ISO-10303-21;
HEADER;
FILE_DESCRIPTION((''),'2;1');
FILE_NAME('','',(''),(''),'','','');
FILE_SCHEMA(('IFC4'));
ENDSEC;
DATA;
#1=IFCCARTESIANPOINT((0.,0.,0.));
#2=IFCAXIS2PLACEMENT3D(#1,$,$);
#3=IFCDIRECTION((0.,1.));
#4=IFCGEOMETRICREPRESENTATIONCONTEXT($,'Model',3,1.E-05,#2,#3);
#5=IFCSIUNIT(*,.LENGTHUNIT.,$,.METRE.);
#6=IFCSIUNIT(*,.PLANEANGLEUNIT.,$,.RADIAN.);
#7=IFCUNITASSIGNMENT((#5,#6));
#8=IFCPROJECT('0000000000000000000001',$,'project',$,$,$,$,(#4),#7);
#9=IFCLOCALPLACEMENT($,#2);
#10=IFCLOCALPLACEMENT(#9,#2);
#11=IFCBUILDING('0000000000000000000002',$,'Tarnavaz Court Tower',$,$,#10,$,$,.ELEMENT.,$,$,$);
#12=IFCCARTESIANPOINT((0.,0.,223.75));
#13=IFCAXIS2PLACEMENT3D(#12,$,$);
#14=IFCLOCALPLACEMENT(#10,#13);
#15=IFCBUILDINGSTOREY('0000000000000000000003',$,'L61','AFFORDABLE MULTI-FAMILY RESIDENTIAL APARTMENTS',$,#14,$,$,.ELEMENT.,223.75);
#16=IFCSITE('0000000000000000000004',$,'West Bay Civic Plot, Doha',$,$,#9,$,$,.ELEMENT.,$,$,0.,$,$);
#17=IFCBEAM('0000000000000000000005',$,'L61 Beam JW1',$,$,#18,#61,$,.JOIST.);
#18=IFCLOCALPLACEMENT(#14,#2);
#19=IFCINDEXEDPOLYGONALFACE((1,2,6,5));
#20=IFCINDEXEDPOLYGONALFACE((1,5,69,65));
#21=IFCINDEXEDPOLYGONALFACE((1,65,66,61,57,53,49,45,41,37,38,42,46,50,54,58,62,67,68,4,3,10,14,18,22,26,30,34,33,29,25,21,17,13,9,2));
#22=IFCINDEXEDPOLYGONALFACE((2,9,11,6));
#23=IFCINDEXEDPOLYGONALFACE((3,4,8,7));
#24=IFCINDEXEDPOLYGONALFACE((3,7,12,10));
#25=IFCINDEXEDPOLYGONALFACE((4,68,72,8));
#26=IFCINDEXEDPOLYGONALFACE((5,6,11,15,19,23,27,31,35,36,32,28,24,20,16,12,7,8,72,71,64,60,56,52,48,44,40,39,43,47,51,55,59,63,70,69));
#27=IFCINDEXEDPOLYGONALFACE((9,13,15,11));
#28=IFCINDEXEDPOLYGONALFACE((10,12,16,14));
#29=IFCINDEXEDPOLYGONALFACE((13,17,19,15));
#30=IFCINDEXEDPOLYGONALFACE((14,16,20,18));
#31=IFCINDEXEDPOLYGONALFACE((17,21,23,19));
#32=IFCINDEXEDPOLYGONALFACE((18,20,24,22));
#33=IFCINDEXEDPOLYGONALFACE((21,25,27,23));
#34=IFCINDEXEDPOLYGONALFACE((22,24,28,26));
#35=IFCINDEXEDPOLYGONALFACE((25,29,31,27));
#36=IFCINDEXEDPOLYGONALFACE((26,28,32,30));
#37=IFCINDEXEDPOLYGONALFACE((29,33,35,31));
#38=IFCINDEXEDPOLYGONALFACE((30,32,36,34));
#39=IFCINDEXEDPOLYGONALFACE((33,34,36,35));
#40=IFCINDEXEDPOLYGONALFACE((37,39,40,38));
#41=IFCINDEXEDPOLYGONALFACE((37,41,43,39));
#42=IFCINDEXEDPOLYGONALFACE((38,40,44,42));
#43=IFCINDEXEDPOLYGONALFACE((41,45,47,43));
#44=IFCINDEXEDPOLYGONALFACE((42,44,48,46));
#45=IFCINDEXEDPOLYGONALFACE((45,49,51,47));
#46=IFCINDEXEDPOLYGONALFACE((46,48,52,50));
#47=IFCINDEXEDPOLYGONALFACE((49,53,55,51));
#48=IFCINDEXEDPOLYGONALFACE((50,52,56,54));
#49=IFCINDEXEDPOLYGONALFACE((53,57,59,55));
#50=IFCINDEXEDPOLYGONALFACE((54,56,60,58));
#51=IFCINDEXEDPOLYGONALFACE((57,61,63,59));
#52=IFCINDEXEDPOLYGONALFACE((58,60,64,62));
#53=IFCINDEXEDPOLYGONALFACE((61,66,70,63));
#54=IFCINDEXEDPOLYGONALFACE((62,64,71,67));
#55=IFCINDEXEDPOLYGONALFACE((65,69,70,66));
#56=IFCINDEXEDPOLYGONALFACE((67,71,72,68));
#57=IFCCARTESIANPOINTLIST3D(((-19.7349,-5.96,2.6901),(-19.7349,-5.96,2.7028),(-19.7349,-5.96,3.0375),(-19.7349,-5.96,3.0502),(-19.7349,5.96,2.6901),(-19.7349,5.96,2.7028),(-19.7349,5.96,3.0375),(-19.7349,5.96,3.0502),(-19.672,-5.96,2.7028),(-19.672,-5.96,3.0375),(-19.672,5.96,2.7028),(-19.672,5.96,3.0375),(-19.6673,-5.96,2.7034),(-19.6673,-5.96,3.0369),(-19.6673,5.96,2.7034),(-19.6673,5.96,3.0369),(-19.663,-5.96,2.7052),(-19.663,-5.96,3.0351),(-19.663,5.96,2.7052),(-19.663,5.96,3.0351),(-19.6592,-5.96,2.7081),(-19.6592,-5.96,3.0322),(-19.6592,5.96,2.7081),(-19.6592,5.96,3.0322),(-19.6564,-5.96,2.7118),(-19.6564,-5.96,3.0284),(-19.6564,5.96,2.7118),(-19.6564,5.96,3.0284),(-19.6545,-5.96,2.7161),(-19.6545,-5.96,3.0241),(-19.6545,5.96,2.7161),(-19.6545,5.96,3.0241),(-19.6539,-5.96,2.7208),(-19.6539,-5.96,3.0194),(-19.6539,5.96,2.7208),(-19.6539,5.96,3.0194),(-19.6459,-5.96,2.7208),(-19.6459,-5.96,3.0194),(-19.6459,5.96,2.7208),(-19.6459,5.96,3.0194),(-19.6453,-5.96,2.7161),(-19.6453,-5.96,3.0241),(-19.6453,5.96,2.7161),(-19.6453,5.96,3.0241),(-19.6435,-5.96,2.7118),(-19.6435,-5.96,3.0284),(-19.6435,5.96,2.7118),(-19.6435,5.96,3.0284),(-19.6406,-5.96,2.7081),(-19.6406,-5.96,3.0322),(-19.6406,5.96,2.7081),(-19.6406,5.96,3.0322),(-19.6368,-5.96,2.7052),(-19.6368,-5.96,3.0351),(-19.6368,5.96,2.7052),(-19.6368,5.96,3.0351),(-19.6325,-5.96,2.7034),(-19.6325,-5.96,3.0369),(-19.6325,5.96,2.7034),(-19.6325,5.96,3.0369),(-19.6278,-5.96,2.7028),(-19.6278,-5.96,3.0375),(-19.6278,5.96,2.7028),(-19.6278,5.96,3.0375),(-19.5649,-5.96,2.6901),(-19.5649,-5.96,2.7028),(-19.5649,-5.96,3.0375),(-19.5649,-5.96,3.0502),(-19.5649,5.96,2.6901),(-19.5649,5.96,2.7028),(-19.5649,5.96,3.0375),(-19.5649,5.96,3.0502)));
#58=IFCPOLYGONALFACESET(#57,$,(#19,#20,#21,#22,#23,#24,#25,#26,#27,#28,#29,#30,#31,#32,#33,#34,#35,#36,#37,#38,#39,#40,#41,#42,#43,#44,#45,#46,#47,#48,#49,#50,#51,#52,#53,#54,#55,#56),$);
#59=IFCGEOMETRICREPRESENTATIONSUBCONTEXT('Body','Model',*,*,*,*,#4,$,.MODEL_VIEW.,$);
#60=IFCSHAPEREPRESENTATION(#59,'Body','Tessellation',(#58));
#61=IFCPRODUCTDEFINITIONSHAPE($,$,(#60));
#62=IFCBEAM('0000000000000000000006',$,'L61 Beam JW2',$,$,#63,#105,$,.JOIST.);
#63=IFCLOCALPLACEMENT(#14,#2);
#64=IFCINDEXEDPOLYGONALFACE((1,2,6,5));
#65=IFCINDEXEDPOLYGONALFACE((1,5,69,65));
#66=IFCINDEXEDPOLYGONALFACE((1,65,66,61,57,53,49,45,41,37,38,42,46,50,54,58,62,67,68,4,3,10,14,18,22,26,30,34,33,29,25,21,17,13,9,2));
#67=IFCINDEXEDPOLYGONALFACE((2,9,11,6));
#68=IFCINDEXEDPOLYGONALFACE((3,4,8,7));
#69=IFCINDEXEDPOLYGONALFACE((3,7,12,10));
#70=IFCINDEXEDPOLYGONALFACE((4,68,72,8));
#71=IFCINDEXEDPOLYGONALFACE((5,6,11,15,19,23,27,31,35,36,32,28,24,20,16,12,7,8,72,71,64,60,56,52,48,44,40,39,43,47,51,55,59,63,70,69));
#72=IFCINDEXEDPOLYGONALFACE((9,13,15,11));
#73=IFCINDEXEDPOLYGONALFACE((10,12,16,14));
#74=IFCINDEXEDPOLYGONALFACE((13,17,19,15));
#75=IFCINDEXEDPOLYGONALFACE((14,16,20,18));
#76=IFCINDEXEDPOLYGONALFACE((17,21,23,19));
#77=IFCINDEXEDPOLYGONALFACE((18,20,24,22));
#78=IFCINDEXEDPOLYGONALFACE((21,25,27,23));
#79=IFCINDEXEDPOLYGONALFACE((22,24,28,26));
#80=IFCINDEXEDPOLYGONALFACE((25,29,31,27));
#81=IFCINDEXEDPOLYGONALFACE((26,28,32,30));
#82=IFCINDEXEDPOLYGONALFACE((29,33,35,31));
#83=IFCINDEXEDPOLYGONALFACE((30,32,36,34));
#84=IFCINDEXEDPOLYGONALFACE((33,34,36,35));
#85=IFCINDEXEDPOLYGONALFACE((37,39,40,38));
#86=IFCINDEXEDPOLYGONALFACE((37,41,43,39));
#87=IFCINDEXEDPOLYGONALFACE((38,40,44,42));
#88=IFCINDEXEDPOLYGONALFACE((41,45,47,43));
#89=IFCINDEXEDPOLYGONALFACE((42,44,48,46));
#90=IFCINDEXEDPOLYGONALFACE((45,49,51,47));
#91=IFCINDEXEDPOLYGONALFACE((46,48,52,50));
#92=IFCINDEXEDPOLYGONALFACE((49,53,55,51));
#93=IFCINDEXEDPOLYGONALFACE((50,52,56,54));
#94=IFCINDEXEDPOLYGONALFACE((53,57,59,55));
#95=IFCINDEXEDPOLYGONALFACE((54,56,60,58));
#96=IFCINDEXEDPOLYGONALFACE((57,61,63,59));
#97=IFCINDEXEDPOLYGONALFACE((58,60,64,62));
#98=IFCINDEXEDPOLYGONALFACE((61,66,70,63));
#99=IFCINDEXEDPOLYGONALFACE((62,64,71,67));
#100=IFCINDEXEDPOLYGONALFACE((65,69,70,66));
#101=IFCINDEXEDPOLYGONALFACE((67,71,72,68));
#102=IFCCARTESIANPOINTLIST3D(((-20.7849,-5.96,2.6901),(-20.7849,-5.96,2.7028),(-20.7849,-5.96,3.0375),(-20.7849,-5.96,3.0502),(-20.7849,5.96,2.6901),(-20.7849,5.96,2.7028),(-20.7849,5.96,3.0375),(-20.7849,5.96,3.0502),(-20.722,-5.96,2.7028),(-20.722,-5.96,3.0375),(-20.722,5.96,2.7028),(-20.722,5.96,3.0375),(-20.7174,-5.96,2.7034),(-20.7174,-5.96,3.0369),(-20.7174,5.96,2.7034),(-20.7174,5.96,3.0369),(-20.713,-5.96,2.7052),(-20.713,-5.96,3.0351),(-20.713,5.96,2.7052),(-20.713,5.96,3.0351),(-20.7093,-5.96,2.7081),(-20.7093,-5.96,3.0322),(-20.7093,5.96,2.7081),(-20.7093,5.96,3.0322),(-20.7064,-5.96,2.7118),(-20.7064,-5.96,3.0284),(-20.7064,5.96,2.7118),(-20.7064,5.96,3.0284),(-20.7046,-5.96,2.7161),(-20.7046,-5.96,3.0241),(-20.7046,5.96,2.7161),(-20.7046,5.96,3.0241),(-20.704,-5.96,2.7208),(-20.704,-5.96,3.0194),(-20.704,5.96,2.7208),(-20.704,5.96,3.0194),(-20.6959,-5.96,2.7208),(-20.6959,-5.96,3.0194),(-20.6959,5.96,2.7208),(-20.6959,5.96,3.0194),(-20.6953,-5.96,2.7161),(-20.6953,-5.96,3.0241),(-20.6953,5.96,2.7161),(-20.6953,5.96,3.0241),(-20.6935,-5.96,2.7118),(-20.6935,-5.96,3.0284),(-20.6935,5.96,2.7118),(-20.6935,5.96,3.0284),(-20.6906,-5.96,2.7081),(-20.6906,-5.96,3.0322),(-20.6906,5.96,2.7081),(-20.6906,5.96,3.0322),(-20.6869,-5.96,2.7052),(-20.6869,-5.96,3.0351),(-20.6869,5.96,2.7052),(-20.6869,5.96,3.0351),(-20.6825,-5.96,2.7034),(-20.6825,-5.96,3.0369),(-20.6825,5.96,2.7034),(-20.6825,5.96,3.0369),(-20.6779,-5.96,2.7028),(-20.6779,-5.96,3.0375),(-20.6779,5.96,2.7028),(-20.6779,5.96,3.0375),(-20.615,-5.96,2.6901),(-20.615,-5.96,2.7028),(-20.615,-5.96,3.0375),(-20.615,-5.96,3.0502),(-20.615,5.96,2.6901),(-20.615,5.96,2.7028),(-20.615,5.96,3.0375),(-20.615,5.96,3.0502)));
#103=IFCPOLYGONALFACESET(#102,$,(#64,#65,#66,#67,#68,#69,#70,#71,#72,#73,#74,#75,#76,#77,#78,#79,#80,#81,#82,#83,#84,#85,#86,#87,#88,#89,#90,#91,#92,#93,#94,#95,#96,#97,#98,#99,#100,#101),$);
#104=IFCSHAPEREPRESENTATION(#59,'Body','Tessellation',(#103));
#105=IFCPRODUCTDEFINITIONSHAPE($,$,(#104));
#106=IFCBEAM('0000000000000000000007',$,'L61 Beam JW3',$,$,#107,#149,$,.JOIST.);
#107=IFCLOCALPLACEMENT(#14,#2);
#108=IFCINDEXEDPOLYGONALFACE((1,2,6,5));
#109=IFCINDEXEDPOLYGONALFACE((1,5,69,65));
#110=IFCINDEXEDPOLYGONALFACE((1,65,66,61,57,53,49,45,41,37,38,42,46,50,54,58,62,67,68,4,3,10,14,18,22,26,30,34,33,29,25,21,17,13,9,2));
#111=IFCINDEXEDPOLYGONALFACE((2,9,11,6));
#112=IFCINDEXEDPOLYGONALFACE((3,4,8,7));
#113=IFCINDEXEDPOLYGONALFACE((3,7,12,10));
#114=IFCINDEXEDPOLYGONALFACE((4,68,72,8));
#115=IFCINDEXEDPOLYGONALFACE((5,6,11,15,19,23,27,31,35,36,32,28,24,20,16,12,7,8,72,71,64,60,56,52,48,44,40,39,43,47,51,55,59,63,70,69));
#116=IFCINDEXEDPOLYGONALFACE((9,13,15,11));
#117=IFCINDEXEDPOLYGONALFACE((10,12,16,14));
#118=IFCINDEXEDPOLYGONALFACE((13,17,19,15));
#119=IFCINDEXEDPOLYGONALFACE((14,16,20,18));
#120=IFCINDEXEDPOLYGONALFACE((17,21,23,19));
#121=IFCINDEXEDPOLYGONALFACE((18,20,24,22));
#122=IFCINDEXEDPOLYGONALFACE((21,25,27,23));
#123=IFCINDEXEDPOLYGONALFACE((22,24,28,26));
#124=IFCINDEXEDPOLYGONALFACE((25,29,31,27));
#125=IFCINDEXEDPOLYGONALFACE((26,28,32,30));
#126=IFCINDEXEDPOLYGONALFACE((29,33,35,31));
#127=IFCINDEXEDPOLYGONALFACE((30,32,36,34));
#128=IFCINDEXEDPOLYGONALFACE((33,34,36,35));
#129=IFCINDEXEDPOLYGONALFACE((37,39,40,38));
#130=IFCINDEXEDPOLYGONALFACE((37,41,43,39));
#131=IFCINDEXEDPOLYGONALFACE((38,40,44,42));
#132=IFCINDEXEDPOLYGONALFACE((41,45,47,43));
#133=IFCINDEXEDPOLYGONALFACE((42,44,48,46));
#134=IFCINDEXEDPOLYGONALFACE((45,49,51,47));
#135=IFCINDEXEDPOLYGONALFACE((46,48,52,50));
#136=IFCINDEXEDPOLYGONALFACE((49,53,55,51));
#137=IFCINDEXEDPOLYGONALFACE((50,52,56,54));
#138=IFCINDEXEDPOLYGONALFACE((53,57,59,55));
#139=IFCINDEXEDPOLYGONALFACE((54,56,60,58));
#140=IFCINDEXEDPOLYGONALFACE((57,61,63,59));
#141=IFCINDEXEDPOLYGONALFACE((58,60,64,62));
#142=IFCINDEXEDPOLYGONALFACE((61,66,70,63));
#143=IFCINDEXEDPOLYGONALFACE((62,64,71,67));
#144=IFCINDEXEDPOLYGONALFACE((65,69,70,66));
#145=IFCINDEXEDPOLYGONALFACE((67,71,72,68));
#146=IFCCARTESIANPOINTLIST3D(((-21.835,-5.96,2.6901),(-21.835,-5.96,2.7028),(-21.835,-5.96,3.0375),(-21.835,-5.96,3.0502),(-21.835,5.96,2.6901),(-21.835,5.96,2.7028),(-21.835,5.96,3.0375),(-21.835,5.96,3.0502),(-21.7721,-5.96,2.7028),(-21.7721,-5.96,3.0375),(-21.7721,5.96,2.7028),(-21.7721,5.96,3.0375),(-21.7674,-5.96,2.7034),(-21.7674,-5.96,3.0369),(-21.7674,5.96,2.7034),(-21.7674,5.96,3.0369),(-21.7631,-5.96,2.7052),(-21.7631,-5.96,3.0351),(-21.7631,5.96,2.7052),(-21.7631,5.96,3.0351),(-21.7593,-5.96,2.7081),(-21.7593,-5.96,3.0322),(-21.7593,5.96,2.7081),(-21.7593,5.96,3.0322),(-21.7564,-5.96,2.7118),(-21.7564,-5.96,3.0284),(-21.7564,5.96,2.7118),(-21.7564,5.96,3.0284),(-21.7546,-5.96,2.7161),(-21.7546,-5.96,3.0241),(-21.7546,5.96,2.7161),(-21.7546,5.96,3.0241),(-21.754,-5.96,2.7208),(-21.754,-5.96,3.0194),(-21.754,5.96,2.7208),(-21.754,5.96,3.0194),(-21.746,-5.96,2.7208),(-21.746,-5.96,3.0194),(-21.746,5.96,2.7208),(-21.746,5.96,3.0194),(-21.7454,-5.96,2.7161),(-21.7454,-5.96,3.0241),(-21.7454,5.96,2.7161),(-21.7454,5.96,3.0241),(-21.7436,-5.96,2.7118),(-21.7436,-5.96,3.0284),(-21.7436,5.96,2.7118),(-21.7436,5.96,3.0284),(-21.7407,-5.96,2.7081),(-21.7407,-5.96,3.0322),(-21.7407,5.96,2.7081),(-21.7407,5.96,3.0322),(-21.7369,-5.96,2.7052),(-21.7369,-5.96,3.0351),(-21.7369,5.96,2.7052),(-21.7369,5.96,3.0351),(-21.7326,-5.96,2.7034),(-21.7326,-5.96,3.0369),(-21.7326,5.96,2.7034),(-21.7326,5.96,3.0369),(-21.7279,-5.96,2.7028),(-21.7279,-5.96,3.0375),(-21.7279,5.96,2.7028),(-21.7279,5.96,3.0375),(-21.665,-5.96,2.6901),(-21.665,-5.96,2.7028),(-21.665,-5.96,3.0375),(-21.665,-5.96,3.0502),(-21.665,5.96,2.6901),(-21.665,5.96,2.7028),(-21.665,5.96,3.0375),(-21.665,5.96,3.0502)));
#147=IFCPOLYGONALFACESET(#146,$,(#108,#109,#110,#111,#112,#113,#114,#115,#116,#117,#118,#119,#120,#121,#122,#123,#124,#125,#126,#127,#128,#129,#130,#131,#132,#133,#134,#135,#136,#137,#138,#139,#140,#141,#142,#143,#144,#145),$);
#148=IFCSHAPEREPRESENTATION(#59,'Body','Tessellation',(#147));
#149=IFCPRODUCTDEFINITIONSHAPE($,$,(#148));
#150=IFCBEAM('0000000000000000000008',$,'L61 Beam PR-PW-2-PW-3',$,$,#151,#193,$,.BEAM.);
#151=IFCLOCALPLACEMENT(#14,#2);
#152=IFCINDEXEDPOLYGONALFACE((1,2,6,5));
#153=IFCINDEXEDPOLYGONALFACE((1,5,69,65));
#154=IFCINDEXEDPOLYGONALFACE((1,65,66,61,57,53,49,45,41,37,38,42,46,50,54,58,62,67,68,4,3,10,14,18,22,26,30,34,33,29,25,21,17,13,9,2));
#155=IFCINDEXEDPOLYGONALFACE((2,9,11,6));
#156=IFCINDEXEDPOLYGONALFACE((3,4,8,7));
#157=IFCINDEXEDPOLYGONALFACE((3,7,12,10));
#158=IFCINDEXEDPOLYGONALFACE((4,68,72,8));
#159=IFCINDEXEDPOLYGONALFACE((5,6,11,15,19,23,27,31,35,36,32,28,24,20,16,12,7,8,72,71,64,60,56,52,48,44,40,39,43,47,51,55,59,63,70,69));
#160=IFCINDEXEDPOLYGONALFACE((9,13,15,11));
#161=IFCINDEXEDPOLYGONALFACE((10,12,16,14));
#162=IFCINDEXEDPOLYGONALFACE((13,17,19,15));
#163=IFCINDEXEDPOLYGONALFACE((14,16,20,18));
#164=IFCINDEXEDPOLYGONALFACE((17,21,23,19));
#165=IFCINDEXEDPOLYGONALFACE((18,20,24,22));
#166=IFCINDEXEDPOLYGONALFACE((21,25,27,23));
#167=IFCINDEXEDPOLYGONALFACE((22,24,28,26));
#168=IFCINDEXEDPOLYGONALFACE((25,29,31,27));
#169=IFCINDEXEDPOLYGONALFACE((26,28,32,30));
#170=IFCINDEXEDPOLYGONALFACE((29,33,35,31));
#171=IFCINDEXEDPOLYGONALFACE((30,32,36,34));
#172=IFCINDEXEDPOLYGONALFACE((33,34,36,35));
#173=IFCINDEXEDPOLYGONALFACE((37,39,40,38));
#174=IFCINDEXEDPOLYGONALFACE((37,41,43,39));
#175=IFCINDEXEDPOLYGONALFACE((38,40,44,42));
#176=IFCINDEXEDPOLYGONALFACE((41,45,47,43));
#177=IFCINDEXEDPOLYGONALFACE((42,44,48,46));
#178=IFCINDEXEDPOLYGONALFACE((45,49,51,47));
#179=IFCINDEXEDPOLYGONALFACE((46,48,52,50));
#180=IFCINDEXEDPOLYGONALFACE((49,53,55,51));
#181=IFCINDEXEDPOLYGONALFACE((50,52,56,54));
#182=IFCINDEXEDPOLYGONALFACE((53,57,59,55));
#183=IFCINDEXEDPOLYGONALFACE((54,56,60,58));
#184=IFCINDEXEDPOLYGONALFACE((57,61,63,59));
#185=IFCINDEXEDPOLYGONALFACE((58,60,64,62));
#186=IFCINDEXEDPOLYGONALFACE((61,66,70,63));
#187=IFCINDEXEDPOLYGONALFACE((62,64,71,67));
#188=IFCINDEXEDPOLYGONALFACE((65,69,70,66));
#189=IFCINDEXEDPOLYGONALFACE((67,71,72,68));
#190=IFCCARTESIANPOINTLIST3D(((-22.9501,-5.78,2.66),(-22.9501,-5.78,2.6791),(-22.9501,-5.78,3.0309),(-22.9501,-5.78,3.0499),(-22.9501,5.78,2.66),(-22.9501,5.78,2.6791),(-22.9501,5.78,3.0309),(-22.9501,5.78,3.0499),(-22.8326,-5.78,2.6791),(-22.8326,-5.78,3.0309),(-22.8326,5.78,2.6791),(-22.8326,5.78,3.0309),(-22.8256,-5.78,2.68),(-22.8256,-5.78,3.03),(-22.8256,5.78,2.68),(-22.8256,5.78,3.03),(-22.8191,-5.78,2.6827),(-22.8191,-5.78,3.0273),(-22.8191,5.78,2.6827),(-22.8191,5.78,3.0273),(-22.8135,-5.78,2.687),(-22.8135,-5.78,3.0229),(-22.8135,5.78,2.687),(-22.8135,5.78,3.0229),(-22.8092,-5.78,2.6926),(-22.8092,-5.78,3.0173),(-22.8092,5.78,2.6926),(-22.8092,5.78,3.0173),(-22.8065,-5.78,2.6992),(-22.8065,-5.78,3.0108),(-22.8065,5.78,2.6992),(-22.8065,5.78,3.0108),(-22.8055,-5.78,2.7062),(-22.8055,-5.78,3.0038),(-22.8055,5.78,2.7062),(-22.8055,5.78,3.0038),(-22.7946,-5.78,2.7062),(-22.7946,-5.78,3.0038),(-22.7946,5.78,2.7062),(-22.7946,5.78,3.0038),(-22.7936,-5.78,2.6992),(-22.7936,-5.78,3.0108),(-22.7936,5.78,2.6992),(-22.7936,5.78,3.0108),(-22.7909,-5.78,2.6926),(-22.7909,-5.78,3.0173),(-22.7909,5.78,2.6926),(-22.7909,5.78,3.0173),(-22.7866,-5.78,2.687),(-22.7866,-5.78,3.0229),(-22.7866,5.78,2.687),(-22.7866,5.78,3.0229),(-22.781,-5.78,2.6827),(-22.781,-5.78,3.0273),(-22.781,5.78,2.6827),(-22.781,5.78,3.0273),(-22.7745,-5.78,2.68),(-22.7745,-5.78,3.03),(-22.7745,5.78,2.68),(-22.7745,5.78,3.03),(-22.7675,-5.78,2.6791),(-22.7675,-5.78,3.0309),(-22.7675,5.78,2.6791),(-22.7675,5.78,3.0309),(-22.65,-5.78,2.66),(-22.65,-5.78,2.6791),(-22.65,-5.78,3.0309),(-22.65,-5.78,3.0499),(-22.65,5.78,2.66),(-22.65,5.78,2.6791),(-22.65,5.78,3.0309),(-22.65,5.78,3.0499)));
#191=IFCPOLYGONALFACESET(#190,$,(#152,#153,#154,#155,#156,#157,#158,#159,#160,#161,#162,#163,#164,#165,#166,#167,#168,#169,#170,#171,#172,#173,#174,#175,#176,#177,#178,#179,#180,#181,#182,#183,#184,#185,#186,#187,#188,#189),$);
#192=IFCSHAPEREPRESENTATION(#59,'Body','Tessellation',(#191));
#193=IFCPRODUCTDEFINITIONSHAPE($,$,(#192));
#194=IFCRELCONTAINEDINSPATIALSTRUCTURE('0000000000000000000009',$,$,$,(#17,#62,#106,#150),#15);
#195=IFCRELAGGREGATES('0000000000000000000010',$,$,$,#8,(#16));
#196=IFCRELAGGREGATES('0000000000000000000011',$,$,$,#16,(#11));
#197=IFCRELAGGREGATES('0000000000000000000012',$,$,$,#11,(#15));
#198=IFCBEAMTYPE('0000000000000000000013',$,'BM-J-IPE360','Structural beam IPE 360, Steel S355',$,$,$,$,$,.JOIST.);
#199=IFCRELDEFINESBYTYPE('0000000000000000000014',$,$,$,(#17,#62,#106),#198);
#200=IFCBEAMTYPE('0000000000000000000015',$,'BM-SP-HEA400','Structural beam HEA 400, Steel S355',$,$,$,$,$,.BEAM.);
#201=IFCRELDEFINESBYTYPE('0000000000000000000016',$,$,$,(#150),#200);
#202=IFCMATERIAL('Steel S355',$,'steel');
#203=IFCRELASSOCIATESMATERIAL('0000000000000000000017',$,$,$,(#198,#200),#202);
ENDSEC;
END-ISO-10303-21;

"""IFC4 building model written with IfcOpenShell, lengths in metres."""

from ifc_helpers import new_model, si_unit, direction, frame, origin, origin_2d, place, context, subcontext, project, spatial, i_section, extrude, material, material_profile, profile_set, type_object, element, save


model = new_model("IFC4")

# Units and contexts
model_context = context("Model", 3, precision=1e-05, world=origin(), true_north=direction((0.0, 1.0)))
body_context = subcontext(model_context, "Body", "Model", "MODEL_VIEW")
ifc_project = project(units=[si_unit("LENGTHUNIT", "METRE"), si_unit("PLANEANGLEUNIT", "RADIAN")], contexts=[model_context])

# Site, building, storey
site_placement = place(None, origin())
site = spatial("IfcSite", under=ifc_project, at=site_placement, Name="West Bay Civic Plot, Doha", CompositionType="ELEMENT", RefElevation=0.0)
building_placement = place(site_placement, origin())
building = spatial("IfcBuilding", under=site, at=building_placement, Name="Tarnavaz Court Tower", CompositionType="ELEMENT")
storey_placement = place(building_placement, frame((0.0, 0.0, 223.75)))
storey = spatial("IfcBuildingStorey", under=building, at=storey_placement, Name="L61", Description="AFFORDABLE MULTI-FAMILY RESIDENTIAL APARTMENTS", CompositionType="ELEMENT", Elevation=223.75)

# Beams
ifc_material_1 = material(Name="Steel S355", Category="steel")
ifc_material_profile_1 = material_profile(ifc_material_1, i_section(OverallWidth=0.1699, OverallDepth=0.3601, WebThickness=0.0081, FlangeThickness=0.0127, FilletRadius=0.0181, at=origin_2d()), Name="IPE 360")
ifc_profile_set_1 = profile_set([ifc_material_profile_1], Name="Steel S355")
beam_type_1 = type_object("IfcBeamType", Name="BM-J-IPE360", Description="Structural beam IPE 360, Steel S355", PredefinedType="JOIST", material=ifc_profile_set_1)
for number, where, z_axis, x_axis, name in (
    (1, (-19.6499, -5.96, 2.8701), (0.0, 1.0, 0.0), (-1.0, 0.0, 0.0), "L61 Beam JW1"),
    (2, (-20.7, -5.96, 2.8701), (0.0, 1.0, 0.0), (-1.0, 0.0, 0.0), "L61 Beam JW2"),
    (3, (-21.75, -5.96, 2.8701), (0.0, 1.0, 0.0), (-1.0, 0.0, 0.0), "L61 Beam JW3"),
):
    element("IfcBeam", number, at=place(storey_placement, frame(where, z_axis=z_axis, x_axis=x_axis)), inside=storey, type_object=beam_type_1, Name=name, PredefinedType="JOIST", context=body_context, shape_type="SweptSolid", body=[
        extrude(i_section(OverallWidth=0.1699, OverallDepth=0.3601, WebThickness=0.0081, FlangeThickness=0.0127, FilletRadius=0.0181, at=origin_2d()), origin(), (0.0, 0.0, 1.0), 11.9199),
    ])
ifc_material_profile_2 = material_profile(ifc_material_1, i_section(OverallWidth=0.3, OverallDepth=0.3899, WebThickness=0.011, FlangeThickness=0.019, FilletRadius=0.0271, at=origin_2d()), Name="HEA 400")
ifc_profile_set_2 = profile_set([ifc_material_profile_2], Name="Steel S355")
beam_type_2 = type_object("IfcBeamType", Name="BM-SP-HEA400", Description="Structural beam HEA 400, Steel S355", PredefinedType="BEAM", material=ifc_profile_set_2)
beam_1_placement = place(storey_placement, frame((-22.8, -5.78, 2.855), z_axis=(0.0, 1.0, 0.0), x_axis=(-1.0, 0.0, 0.0)))
element("IfcBeam", 4, at=beam_1_placement, inside=storey, type_object=beam_type_2, Name="L61 Beam PR-PW-2-PW-3", PredefinedType="BEAM", context=body_context, shape_type="SweptSolid", body=[
    extrude(i_section(OverallWidth=0.3, OverallDepth=0.3899, WebThickness=0.011, FlangeThickness=0.019, FilletRadius=0.0271, at=origin_2d()), origin(), (0.0, 0.0, 1.0), 11.5601),
])

save(model, "model.ifc")
